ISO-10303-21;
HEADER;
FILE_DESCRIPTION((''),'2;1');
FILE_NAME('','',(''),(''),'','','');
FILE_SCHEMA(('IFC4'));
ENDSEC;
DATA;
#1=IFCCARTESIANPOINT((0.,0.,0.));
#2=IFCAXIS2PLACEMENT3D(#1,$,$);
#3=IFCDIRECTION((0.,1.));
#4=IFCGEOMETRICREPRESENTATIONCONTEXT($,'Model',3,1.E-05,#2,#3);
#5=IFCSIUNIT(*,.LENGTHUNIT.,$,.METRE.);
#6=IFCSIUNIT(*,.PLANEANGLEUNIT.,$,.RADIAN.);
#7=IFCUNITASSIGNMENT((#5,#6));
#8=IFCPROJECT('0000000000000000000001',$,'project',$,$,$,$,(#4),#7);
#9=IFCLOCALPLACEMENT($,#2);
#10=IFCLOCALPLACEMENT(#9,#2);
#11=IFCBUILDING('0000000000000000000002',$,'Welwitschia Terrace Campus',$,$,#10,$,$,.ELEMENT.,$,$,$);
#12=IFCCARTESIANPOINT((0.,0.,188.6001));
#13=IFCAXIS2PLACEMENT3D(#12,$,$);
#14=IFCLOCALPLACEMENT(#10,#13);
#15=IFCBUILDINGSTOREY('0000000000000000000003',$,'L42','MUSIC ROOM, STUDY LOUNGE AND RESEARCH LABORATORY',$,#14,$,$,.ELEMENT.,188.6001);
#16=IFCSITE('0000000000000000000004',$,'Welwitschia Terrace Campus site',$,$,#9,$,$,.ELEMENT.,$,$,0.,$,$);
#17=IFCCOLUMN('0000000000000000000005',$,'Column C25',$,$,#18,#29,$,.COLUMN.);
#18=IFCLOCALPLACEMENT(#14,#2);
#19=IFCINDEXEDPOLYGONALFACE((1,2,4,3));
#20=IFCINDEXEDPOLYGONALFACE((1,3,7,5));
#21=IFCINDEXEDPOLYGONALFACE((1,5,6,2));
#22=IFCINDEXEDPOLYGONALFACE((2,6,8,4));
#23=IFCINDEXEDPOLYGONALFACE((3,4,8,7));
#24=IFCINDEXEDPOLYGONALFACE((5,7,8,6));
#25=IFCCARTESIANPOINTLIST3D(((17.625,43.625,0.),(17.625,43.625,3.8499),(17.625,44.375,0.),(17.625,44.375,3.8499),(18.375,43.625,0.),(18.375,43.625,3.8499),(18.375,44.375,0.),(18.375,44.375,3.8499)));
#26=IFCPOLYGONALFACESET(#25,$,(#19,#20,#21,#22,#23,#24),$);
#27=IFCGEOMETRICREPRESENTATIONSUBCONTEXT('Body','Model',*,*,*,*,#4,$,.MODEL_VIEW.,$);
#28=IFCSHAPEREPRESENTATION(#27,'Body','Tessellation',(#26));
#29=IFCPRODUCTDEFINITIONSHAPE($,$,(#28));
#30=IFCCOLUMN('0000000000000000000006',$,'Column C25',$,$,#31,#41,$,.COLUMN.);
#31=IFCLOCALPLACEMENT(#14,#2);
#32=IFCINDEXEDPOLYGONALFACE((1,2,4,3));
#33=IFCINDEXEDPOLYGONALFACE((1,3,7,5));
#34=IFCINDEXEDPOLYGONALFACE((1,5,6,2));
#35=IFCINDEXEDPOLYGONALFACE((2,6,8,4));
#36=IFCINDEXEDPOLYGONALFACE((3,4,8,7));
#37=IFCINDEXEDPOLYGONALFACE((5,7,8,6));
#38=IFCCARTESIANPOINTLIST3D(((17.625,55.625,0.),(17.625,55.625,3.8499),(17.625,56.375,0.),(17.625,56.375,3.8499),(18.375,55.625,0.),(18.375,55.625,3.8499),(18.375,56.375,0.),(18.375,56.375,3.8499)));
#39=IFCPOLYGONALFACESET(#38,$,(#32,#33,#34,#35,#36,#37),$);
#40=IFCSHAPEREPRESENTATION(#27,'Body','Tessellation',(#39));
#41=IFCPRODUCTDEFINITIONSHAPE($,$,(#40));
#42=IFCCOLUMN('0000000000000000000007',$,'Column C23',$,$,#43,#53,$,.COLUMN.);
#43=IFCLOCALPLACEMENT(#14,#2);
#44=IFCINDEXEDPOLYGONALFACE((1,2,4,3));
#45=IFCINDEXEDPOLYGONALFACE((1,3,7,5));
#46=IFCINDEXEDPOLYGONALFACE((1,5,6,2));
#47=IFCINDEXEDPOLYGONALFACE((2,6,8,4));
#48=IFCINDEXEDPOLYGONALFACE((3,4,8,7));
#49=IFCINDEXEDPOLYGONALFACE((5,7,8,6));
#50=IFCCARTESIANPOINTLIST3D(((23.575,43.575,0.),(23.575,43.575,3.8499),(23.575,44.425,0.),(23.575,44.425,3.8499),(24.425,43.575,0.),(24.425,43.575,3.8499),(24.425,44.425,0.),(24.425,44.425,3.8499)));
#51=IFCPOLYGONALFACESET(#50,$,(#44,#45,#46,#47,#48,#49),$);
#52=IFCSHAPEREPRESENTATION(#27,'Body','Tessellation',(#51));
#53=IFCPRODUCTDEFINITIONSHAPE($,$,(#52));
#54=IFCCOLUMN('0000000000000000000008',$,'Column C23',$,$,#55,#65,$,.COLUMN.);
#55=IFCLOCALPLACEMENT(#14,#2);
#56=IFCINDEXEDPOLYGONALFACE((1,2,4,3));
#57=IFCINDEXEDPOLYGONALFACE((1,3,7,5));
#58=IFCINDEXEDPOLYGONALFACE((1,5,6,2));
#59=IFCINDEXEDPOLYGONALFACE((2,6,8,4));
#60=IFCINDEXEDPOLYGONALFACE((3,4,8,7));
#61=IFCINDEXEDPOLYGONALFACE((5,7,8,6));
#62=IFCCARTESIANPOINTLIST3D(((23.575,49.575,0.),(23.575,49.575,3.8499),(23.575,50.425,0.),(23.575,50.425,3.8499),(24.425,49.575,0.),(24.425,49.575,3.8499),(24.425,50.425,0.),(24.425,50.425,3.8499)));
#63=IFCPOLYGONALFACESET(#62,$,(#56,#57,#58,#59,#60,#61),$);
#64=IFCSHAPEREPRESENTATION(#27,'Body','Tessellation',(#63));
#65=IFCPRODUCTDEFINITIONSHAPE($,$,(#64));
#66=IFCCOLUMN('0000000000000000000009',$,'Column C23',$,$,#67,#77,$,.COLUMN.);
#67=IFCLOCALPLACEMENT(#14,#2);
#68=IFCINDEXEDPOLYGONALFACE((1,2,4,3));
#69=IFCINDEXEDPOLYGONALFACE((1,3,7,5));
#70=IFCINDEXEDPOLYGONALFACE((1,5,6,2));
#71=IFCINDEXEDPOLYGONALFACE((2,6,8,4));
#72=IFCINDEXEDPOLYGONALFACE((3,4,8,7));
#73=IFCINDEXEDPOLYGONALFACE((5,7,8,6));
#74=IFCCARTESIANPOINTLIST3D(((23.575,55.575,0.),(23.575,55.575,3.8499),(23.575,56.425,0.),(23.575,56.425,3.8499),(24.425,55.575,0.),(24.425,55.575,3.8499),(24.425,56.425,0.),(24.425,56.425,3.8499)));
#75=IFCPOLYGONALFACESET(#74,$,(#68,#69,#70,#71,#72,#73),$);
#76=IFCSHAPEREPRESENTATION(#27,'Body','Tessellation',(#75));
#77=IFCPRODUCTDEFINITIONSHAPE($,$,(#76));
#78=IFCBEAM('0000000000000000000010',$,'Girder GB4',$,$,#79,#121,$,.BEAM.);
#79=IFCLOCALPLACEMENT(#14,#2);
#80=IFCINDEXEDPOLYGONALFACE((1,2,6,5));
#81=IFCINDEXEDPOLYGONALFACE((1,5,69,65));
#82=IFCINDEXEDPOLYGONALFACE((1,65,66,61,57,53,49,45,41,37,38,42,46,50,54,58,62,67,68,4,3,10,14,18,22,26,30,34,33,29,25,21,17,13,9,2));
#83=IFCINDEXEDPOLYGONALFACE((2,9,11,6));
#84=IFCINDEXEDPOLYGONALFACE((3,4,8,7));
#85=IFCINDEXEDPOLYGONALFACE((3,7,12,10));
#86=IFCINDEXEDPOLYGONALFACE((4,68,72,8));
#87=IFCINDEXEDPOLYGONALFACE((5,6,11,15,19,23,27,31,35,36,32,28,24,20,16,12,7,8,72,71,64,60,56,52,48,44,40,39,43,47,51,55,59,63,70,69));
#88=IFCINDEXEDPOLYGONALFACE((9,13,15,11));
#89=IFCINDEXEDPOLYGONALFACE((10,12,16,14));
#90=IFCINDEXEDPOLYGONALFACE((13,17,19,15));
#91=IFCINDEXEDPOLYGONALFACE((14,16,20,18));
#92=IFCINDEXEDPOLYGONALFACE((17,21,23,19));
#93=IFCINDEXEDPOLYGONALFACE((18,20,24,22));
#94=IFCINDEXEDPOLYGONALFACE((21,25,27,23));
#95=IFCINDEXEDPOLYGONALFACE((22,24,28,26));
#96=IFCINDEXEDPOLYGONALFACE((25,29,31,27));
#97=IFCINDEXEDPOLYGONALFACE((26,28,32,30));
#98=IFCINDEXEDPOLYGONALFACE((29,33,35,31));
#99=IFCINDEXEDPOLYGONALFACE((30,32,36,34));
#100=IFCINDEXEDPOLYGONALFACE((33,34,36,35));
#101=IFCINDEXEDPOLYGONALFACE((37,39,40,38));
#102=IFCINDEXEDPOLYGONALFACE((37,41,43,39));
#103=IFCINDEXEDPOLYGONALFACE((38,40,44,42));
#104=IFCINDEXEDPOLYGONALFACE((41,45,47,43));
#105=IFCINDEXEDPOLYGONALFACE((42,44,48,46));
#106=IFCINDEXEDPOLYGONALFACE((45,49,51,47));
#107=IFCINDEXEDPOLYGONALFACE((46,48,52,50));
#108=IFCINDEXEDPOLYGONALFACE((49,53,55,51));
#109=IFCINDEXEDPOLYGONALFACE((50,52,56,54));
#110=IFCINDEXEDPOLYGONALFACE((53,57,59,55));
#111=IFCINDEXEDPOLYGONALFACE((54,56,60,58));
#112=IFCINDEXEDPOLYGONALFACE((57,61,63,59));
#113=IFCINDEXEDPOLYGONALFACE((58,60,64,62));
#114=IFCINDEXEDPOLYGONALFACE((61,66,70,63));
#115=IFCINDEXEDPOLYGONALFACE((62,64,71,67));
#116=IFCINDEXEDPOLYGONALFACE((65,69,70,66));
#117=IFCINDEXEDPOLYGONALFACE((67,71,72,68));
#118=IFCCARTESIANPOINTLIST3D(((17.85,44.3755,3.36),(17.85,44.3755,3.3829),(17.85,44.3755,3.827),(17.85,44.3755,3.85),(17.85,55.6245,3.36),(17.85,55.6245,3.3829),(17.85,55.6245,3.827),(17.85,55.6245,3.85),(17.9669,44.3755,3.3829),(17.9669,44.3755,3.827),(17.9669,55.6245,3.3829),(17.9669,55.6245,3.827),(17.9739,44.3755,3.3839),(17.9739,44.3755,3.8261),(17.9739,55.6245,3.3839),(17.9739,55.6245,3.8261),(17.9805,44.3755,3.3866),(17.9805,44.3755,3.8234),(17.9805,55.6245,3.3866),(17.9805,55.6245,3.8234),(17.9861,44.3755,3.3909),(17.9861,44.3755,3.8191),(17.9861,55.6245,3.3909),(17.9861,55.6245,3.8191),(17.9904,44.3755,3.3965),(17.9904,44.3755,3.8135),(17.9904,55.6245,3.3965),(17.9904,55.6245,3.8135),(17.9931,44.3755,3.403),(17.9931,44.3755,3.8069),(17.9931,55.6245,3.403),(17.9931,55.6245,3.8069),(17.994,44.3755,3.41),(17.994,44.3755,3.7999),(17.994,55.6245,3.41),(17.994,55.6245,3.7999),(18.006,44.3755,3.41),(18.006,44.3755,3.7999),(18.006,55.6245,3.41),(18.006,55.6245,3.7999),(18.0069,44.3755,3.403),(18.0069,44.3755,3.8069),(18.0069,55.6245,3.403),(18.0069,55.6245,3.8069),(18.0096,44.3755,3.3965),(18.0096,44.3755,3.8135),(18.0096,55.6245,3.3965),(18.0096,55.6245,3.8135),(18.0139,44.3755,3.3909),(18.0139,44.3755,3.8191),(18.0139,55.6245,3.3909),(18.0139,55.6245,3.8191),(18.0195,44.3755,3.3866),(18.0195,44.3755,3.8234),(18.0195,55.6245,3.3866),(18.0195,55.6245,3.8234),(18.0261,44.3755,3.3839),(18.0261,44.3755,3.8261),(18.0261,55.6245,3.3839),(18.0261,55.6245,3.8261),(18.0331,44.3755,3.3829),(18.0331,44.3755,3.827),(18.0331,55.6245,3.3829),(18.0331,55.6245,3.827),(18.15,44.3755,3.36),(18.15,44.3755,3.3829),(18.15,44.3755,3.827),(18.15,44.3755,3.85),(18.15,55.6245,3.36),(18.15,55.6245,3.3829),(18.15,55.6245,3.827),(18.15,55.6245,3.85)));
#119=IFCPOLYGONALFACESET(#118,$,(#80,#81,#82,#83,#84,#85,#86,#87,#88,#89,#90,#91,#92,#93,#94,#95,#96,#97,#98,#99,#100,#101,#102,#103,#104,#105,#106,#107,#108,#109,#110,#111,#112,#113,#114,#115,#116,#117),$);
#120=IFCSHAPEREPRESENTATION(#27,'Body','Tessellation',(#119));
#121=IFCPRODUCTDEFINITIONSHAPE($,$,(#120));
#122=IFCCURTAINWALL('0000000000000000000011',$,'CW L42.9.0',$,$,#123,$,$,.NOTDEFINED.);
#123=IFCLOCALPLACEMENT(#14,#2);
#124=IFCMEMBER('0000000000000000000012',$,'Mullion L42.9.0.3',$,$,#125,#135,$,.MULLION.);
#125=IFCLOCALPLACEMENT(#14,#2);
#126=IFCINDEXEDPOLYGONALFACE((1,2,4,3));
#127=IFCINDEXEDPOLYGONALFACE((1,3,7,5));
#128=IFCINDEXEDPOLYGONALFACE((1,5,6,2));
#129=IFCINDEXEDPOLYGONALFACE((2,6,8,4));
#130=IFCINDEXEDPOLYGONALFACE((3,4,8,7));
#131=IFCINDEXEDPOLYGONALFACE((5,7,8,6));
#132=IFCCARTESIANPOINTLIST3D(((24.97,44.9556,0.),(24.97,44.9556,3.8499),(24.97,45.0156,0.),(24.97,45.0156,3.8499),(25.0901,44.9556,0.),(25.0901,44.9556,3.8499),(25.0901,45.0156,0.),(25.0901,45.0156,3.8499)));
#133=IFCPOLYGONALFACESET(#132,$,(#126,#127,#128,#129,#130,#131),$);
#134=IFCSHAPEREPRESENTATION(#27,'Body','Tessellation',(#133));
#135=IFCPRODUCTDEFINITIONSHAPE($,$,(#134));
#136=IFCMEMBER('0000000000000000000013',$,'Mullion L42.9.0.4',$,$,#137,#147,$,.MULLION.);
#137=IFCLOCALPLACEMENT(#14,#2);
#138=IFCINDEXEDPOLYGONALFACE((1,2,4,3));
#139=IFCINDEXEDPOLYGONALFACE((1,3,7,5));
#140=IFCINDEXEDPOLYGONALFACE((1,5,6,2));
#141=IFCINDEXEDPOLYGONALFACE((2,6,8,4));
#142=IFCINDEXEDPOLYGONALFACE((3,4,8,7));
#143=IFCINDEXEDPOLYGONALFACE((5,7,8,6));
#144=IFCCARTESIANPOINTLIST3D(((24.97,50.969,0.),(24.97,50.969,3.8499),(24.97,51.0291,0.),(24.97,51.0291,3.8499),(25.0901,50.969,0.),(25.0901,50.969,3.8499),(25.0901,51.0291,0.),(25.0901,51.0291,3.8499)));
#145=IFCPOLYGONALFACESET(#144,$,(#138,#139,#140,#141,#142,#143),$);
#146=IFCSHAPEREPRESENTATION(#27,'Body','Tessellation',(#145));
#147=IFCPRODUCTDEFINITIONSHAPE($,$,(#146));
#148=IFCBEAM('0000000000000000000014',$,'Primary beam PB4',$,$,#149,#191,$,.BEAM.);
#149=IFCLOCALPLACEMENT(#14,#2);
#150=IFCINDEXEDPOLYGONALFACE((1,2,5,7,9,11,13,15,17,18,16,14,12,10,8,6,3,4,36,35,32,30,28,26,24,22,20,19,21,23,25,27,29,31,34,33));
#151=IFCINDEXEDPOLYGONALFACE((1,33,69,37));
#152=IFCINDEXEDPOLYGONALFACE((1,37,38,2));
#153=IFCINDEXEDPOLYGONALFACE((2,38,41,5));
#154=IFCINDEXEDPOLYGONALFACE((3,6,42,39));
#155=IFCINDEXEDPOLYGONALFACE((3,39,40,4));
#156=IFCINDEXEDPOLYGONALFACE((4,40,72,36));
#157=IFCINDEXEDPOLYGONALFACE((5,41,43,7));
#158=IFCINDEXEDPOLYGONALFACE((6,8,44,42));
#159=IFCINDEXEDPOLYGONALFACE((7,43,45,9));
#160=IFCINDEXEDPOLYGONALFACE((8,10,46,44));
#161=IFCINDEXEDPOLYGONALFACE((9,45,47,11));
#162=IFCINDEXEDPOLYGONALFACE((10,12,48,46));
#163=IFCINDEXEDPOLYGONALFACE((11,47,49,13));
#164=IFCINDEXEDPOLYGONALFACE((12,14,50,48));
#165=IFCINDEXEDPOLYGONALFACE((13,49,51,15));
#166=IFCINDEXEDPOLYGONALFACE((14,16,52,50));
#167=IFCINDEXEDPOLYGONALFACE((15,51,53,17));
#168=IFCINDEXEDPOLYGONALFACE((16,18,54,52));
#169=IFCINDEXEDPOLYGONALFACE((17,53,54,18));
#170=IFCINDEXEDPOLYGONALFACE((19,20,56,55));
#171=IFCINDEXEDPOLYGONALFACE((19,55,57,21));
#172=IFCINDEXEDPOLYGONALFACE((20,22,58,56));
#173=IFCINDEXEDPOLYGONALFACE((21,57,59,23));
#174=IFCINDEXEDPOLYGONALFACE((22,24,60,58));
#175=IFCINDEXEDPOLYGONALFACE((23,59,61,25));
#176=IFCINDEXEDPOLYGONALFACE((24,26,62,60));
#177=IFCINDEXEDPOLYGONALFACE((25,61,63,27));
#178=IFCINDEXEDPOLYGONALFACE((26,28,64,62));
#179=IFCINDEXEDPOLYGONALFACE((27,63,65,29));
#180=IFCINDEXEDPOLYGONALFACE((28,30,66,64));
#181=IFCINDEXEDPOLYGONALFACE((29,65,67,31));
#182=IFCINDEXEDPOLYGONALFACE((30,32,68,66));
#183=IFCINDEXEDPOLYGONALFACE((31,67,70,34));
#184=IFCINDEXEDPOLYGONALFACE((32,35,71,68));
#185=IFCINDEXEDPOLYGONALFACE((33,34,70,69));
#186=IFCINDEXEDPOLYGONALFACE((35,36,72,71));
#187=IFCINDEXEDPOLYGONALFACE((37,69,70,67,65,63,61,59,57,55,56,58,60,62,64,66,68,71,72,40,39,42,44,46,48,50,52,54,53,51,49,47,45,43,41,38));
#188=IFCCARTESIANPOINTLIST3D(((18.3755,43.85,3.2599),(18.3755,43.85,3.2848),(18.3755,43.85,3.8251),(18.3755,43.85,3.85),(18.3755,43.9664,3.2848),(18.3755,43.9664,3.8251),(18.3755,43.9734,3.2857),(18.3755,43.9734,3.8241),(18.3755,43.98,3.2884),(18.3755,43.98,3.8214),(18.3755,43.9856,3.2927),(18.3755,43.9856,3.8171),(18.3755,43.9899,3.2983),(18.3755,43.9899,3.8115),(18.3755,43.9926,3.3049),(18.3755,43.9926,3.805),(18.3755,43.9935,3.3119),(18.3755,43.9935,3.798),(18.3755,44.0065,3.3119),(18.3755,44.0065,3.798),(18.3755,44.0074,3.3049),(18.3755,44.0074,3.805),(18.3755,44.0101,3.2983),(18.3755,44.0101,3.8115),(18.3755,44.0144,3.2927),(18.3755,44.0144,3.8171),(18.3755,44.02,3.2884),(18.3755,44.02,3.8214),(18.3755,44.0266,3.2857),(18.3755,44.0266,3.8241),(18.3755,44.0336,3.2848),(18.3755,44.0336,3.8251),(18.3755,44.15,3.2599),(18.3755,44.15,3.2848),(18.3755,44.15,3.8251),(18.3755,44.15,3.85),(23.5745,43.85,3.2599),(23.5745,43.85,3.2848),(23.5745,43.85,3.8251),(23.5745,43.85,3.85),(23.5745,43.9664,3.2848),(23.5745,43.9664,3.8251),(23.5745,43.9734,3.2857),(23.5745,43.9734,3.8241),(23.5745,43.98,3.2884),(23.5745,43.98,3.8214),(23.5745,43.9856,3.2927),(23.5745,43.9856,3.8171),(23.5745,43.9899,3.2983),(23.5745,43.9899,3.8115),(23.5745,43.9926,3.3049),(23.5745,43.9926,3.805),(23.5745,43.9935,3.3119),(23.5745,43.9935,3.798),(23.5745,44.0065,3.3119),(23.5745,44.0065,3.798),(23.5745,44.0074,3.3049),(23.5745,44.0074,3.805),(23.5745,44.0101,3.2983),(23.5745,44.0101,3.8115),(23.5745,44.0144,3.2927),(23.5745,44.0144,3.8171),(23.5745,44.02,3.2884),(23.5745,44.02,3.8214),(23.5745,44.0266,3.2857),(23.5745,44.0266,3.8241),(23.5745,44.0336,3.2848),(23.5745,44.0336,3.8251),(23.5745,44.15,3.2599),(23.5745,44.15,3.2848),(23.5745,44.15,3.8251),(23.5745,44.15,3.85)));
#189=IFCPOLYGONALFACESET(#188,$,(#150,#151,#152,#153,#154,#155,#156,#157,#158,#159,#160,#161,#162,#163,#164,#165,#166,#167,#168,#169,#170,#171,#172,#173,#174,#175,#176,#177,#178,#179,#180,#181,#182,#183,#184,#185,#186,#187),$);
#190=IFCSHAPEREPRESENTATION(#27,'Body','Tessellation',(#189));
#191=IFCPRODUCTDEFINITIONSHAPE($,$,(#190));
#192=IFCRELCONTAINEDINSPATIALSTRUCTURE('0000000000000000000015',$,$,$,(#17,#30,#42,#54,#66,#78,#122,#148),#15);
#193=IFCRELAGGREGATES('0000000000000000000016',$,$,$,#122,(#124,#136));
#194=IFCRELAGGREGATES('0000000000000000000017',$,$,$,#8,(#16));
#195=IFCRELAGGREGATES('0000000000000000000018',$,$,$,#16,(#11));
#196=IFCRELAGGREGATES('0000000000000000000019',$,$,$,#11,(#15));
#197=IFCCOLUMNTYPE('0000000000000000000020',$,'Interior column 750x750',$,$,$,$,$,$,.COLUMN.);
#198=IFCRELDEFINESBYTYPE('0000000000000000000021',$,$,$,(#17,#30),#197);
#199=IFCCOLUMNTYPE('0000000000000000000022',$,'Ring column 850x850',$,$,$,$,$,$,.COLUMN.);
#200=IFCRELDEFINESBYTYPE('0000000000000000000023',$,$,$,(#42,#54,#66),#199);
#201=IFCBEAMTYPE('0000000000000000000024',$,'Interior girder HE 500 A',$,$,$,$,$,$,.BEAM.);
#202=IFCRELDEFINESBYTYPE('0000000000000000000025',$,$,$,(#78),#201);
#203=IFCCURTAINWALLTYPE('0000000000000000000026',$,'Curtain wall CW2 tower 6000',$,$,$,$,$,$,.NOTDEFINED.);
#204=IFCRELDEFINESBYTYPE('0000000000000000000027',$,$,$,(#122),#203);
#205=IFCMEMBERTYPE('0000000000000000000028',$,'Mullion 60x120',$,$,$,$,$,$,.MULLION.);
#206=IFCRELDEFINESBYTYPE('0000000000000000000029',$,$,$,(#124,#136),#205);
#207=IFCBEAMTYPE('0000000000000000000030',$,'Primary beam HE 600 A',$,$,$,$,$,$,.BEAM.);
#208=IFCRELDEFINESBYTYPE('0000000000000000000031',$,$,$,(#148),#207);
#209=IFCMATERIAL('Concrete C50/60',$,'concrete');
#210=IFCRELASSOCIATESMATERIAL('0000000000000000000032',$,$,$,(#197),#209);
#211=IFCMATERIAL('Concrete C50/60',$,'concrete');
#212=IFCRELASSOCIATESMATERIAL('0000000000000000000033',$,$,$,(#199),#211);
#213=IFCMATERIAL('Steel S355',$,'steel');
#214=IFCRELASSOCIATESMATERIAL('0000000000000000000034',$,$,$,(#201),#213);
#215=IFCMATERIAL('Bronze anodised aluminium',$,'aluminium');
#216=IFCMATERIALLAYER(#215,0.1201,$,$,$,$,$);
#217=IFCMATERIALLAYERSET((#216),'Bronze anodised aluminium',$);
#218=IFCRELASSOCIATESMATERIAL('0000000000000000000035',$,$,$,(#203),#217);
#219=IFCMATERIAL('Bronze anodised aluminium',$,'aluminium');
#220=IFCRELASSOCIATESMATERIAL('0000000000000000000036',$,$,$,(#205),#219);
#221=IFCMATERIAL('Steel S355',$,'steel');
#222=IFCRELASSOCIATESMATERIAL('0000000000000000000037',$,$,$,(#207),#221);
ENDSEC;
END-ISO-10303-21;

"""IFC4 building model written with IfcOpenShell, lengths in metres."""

from ifc_helpers import new_model, si_unit, direction, frame, origin, origin_2d, place, context, subcontext, project, spatial, rectangle, i_section, extrude, material, layer, layer_set, material_profile, profile_set, type_object, element, aggregate, save


model = new_model("IFC4")

# Units and contexts
model_context = context("Model", 3, precision=1e-05, world=origin(), true_north=direction((0.0, 1.0)))
body_context = subcontext(model_context, "Body", "Model", "MODEL_VIEW")
ifc_project = project(units=[si_unit("LENGTHUNIT", "METRE"), si_unit("PLANEANGLEUNIT", "RADIAN")], contexts=[model_context])

# Site, building, storey
site_placement = place(None, origin())
site = spatial("IfcSite", under=ifc_project, at=site_placement, Name="Welwitschia Terrace Campus site", CompositionType="ELEMENT", RefElevation=0.0)
building_placement = place(site_placement, origin())
building = spatial("IfcBuilding", under=site, at=building_placement, Name="Welwitschia Terrace Campus", CompositionType="ELEMENT")
storey_placement = place(building_placement, frame((0.0, 0.0, 188.6001)))
storey = spatial("IfcBuildingStorey", under=building, at=storey_placement, Name="L42", Description="MUSIC ROOM, STUDY LOUNGE AND RESEARCH LABORATORY", CompositionType="ELEMENT", Elevation=188.6001)

# Columns
ifc_material_1 = material(Name="Concrete C50/60", Category="concrete")
ifc_material_profile_1 = material_profile(ifc_material_1, rectangle(XDim=0.75, YDim=0.75, at=origin_2d()))
ifc_profile_set_1 = profile_set([ifc_material_profile_1], Name="Concrete C50/60")
column_type_1 = type_object("IfcColumnType", Name="Interior column 750x750", PredefinedType="COLUMN", material=ifc_profile_set_1)
for number, where, z_axis, x_axis, name in (
    (1, (18.0, 44.0, 0.0), (0.0, 0.0, 1.0), (1.0, 0.0, 0.0), "Column C25"),
    (2, (18.0, 56.0, 0.0), (0.0, 0.0, 1.0), (1.0, 0.0, 0.0), "Column C25"),
):
    element("IfcColumn", number, at=place(storey_placement, frame(where, z_axis=z_axis, x_axis=x_axis)), inside=storey, type_object=column_type_1, Name=name, PredefinedType="COLUMN", context=body_context, shape_type="SweptSolid", body=[
        extrude(rectangle(XDim=0.75, YDim=0.75, at=origin_2d()), origin(), (0.0, 0.0, 1.0), 3.8499),
    ])
ifc_material_2 = material(Name="Concrete C50/60", Category="concrete")
ifc_material_profile_2 = material_profile(ifc_material_2, rectangle(XDim=0.8501, YDim=0.8501, at=origin_2d()))
ifc_profile_set_2 = profile_set([ifc_material_profile_2], Name="Concrete C50/60")
column_type_2 = type_object("IfcColumnType", Name="Ring column 850x850", PredefinedType="COLUMN", material=ifc_profile_set_2)
for number, where, z_axis, x_axis, name in (
    (3, (24.0, 44.0, 0.0), (0.0, 0.0, 1.0), (1.0, 0.0, 0.0), "Column C23"),
    (4, (24.0, 50.0, 0.0), (0.0, 0.0, 1.0), (1.0, 0.0, 0.0), "Column C23"),
    (5, (24.0, 56.0, 0.0), (0.0, 0.0, 1.0), (1.0, 0.0, 0.0), "Column C23"),
):
    element("IfcColumn", number, at=place(storey_placement, frame(where, z_axis=z_axis, x_axis=x_axis)), inside=storey, type_object=column_type_2, Name=name, PredefinedType="COLUMN", context=body_context, shape_type="SweptSolid", body=[
        extrude(rectangle(XDim=0.8501, YDim=0.8501, at=origin_2d()), origin(), (0.0, 0.0, 1.0), 3.8499),
    ])

# Beam
ifc_material_3 = material(Name="Steel S355", Category="steel")
ifc_material_profile_3 = material_profile(ifc_material_3, i_section(OverallWidth=0.3, OverallDepth=0.49, WebThickness=0.012, FlangeThickness=0.0229, FilletRadius=0.0271, at=origin_2d()))
ifc_profile_set_3 = profile_set([ifc_material_profile_3], Name="Steel S355")
beam_type_1 = type_object("IfcBeamType", Name="Interior girder HE 500 A", PredefinedType="BEAM", material=ifc_profile_set_3)
beam_placement = place(storey_placement, frame((18.0, 44.3755, 3.605), z_axis=(0.0, 1.0, 0.0), x_axis=(-1.0, 0.0, 0.0)))
element("IfcBeam", 6, at=beam_placement, inside=storey, type_object=beam_type_1, Name="Girder GB4", PredefinedType="BEAM", context=body_context, shape_type="SweptSolid", body=[
    extrude(i_section(OverallWidth=0.3, OverallDepth=0.49, WebThickness=0.012, FlangeThickness=0.0229, FilletRadius=0.0271, at=origin_2d()), origin(), (0.0, 0.0, 1.0), 11.249),
])

# Curtain wall, members
ifc_material_4 = material(Name="Bronze anodised aluminium", Category="aluminium")
ifc_layer_1 = layer(ifc_material_4, 0.1201)
ifc_layer_set_1 = layer_set([ifc_layer_1], Name="Bronze anodised aluminium")
curtain_wall_type = type_object("IfcCurtainWallType", Name="Curtain wall CW2 tower 6000", PredefinedType="NOTDEFINED", material=ifc_layer_set_1)
curtain_wall_placement = place(storey_placement, origin())
curtain_wall = element("IfcCurtainWall", 7, at=curtain_wall_placement, inside=storey, type_object=curtain_wall_type, Name="CW L42.9.0", PredefinedType="NOTDEFINED")
ifc_material_5 = material(Name="Bronze anodised aluminium", Category="aluminium")
ifc_material_profile_4 = material_profile(ifc_material_5, rectangle(XDim=0.1201, YDim=0.0601, at=origin_2d()))
ifc_profile_set_4 = profile_set([ifc_material_profile_4], Name="Bronze anodised aluminium")
member_type = type_object("IfcMemberType", Name="Mullion 60x120", PredefinedType="MULLION", material=ifc_profile_set_4)
member_1_placement = place(storey_placement, frame((25.03, 44.9856, 0.0), z_axis=(0.0, 0.0, 1.0), x_axis=(-1.0, 0.0, 0.0)))
member_1 = element("IfcMember", 8, at=member_1_placement, type_object=member_type, Name="Mullion L42.9.0.3", PredefinedType="MULLION", context=body_context, shape_type="SweptSolid", body=[
    extrude(rectangle(XDim=0.1201, YDim=0.0601, at=origin_2d()), origin(), (0.0, 0.0, 1.0), 3.8499),
])
member_2_placement = place(storey_placement, frame((25.03, 50.999, 0.0), z_axis=(0.0, 0.0, 1.0), x_axis=(-1.0, 0.0, 0.0)))
member_2 = element("IfcMember", 9, at=member_2_placement, type_object=member_type, Name="Mullion L42.9.0.4", PredefinedType="MULLION", context=body_context, shape_type="SweptSolid", body=[
    extrude(rectangle(XDim=0.1201, YDim=0.0601, at=origin_2d()), origin(), (0.0, 0.0, 1.0), 3.8499),
])

# Beam
ifc_material_6 = material(Name="Steel S355", Category="steel")
ifc_material_profile_5 = material_profile(ifc_material_6, i_section(OverallWidth=0.3, OverallDepth=0.5901, WebThickness=0.0129, FlangeThickness=0.0249, FilletRadius=0.0271, at=origin_2d()))
ifc_profile_set_5 = profile_set([ifc_material_profile_5], Name="Steel S355")
beam_type_2 = type_object("IfcBeamType", Name="Primary beam HE 600 A", PredefinedType="BEAM", material=ifc_profile_set_5)
for number, where, z_axis, x_axis, name in (
    (10, (23.5745, 44.0, 3.5549), (-1.0, 0.0, 0.0), (0.0, -1.0, 0.0), "Primary beam PB4"),
):
    element("IfcBeam", number, at=place(storey_placement, frame(where, z_axis=z_axis, x_axis=x_axis)), inside=storey, type_object=beam_type_2, Name=name, PredefinedType="BEAM", context=body_context, shape_type="SweptSolid", body=[
        extrude(i_section(OverallWidth=0.3, OverallDepth=0.5901, WebThickness=0.0129, FlangeThickness=0.0249, FilletRadius=0.0271, at=origin_2d()), origin(), (0.0, 0.0, 1.0), 5.199),
    ])

aggregate(curtain_wall, [member_1, member_2])

save(model, "model.ifc")
